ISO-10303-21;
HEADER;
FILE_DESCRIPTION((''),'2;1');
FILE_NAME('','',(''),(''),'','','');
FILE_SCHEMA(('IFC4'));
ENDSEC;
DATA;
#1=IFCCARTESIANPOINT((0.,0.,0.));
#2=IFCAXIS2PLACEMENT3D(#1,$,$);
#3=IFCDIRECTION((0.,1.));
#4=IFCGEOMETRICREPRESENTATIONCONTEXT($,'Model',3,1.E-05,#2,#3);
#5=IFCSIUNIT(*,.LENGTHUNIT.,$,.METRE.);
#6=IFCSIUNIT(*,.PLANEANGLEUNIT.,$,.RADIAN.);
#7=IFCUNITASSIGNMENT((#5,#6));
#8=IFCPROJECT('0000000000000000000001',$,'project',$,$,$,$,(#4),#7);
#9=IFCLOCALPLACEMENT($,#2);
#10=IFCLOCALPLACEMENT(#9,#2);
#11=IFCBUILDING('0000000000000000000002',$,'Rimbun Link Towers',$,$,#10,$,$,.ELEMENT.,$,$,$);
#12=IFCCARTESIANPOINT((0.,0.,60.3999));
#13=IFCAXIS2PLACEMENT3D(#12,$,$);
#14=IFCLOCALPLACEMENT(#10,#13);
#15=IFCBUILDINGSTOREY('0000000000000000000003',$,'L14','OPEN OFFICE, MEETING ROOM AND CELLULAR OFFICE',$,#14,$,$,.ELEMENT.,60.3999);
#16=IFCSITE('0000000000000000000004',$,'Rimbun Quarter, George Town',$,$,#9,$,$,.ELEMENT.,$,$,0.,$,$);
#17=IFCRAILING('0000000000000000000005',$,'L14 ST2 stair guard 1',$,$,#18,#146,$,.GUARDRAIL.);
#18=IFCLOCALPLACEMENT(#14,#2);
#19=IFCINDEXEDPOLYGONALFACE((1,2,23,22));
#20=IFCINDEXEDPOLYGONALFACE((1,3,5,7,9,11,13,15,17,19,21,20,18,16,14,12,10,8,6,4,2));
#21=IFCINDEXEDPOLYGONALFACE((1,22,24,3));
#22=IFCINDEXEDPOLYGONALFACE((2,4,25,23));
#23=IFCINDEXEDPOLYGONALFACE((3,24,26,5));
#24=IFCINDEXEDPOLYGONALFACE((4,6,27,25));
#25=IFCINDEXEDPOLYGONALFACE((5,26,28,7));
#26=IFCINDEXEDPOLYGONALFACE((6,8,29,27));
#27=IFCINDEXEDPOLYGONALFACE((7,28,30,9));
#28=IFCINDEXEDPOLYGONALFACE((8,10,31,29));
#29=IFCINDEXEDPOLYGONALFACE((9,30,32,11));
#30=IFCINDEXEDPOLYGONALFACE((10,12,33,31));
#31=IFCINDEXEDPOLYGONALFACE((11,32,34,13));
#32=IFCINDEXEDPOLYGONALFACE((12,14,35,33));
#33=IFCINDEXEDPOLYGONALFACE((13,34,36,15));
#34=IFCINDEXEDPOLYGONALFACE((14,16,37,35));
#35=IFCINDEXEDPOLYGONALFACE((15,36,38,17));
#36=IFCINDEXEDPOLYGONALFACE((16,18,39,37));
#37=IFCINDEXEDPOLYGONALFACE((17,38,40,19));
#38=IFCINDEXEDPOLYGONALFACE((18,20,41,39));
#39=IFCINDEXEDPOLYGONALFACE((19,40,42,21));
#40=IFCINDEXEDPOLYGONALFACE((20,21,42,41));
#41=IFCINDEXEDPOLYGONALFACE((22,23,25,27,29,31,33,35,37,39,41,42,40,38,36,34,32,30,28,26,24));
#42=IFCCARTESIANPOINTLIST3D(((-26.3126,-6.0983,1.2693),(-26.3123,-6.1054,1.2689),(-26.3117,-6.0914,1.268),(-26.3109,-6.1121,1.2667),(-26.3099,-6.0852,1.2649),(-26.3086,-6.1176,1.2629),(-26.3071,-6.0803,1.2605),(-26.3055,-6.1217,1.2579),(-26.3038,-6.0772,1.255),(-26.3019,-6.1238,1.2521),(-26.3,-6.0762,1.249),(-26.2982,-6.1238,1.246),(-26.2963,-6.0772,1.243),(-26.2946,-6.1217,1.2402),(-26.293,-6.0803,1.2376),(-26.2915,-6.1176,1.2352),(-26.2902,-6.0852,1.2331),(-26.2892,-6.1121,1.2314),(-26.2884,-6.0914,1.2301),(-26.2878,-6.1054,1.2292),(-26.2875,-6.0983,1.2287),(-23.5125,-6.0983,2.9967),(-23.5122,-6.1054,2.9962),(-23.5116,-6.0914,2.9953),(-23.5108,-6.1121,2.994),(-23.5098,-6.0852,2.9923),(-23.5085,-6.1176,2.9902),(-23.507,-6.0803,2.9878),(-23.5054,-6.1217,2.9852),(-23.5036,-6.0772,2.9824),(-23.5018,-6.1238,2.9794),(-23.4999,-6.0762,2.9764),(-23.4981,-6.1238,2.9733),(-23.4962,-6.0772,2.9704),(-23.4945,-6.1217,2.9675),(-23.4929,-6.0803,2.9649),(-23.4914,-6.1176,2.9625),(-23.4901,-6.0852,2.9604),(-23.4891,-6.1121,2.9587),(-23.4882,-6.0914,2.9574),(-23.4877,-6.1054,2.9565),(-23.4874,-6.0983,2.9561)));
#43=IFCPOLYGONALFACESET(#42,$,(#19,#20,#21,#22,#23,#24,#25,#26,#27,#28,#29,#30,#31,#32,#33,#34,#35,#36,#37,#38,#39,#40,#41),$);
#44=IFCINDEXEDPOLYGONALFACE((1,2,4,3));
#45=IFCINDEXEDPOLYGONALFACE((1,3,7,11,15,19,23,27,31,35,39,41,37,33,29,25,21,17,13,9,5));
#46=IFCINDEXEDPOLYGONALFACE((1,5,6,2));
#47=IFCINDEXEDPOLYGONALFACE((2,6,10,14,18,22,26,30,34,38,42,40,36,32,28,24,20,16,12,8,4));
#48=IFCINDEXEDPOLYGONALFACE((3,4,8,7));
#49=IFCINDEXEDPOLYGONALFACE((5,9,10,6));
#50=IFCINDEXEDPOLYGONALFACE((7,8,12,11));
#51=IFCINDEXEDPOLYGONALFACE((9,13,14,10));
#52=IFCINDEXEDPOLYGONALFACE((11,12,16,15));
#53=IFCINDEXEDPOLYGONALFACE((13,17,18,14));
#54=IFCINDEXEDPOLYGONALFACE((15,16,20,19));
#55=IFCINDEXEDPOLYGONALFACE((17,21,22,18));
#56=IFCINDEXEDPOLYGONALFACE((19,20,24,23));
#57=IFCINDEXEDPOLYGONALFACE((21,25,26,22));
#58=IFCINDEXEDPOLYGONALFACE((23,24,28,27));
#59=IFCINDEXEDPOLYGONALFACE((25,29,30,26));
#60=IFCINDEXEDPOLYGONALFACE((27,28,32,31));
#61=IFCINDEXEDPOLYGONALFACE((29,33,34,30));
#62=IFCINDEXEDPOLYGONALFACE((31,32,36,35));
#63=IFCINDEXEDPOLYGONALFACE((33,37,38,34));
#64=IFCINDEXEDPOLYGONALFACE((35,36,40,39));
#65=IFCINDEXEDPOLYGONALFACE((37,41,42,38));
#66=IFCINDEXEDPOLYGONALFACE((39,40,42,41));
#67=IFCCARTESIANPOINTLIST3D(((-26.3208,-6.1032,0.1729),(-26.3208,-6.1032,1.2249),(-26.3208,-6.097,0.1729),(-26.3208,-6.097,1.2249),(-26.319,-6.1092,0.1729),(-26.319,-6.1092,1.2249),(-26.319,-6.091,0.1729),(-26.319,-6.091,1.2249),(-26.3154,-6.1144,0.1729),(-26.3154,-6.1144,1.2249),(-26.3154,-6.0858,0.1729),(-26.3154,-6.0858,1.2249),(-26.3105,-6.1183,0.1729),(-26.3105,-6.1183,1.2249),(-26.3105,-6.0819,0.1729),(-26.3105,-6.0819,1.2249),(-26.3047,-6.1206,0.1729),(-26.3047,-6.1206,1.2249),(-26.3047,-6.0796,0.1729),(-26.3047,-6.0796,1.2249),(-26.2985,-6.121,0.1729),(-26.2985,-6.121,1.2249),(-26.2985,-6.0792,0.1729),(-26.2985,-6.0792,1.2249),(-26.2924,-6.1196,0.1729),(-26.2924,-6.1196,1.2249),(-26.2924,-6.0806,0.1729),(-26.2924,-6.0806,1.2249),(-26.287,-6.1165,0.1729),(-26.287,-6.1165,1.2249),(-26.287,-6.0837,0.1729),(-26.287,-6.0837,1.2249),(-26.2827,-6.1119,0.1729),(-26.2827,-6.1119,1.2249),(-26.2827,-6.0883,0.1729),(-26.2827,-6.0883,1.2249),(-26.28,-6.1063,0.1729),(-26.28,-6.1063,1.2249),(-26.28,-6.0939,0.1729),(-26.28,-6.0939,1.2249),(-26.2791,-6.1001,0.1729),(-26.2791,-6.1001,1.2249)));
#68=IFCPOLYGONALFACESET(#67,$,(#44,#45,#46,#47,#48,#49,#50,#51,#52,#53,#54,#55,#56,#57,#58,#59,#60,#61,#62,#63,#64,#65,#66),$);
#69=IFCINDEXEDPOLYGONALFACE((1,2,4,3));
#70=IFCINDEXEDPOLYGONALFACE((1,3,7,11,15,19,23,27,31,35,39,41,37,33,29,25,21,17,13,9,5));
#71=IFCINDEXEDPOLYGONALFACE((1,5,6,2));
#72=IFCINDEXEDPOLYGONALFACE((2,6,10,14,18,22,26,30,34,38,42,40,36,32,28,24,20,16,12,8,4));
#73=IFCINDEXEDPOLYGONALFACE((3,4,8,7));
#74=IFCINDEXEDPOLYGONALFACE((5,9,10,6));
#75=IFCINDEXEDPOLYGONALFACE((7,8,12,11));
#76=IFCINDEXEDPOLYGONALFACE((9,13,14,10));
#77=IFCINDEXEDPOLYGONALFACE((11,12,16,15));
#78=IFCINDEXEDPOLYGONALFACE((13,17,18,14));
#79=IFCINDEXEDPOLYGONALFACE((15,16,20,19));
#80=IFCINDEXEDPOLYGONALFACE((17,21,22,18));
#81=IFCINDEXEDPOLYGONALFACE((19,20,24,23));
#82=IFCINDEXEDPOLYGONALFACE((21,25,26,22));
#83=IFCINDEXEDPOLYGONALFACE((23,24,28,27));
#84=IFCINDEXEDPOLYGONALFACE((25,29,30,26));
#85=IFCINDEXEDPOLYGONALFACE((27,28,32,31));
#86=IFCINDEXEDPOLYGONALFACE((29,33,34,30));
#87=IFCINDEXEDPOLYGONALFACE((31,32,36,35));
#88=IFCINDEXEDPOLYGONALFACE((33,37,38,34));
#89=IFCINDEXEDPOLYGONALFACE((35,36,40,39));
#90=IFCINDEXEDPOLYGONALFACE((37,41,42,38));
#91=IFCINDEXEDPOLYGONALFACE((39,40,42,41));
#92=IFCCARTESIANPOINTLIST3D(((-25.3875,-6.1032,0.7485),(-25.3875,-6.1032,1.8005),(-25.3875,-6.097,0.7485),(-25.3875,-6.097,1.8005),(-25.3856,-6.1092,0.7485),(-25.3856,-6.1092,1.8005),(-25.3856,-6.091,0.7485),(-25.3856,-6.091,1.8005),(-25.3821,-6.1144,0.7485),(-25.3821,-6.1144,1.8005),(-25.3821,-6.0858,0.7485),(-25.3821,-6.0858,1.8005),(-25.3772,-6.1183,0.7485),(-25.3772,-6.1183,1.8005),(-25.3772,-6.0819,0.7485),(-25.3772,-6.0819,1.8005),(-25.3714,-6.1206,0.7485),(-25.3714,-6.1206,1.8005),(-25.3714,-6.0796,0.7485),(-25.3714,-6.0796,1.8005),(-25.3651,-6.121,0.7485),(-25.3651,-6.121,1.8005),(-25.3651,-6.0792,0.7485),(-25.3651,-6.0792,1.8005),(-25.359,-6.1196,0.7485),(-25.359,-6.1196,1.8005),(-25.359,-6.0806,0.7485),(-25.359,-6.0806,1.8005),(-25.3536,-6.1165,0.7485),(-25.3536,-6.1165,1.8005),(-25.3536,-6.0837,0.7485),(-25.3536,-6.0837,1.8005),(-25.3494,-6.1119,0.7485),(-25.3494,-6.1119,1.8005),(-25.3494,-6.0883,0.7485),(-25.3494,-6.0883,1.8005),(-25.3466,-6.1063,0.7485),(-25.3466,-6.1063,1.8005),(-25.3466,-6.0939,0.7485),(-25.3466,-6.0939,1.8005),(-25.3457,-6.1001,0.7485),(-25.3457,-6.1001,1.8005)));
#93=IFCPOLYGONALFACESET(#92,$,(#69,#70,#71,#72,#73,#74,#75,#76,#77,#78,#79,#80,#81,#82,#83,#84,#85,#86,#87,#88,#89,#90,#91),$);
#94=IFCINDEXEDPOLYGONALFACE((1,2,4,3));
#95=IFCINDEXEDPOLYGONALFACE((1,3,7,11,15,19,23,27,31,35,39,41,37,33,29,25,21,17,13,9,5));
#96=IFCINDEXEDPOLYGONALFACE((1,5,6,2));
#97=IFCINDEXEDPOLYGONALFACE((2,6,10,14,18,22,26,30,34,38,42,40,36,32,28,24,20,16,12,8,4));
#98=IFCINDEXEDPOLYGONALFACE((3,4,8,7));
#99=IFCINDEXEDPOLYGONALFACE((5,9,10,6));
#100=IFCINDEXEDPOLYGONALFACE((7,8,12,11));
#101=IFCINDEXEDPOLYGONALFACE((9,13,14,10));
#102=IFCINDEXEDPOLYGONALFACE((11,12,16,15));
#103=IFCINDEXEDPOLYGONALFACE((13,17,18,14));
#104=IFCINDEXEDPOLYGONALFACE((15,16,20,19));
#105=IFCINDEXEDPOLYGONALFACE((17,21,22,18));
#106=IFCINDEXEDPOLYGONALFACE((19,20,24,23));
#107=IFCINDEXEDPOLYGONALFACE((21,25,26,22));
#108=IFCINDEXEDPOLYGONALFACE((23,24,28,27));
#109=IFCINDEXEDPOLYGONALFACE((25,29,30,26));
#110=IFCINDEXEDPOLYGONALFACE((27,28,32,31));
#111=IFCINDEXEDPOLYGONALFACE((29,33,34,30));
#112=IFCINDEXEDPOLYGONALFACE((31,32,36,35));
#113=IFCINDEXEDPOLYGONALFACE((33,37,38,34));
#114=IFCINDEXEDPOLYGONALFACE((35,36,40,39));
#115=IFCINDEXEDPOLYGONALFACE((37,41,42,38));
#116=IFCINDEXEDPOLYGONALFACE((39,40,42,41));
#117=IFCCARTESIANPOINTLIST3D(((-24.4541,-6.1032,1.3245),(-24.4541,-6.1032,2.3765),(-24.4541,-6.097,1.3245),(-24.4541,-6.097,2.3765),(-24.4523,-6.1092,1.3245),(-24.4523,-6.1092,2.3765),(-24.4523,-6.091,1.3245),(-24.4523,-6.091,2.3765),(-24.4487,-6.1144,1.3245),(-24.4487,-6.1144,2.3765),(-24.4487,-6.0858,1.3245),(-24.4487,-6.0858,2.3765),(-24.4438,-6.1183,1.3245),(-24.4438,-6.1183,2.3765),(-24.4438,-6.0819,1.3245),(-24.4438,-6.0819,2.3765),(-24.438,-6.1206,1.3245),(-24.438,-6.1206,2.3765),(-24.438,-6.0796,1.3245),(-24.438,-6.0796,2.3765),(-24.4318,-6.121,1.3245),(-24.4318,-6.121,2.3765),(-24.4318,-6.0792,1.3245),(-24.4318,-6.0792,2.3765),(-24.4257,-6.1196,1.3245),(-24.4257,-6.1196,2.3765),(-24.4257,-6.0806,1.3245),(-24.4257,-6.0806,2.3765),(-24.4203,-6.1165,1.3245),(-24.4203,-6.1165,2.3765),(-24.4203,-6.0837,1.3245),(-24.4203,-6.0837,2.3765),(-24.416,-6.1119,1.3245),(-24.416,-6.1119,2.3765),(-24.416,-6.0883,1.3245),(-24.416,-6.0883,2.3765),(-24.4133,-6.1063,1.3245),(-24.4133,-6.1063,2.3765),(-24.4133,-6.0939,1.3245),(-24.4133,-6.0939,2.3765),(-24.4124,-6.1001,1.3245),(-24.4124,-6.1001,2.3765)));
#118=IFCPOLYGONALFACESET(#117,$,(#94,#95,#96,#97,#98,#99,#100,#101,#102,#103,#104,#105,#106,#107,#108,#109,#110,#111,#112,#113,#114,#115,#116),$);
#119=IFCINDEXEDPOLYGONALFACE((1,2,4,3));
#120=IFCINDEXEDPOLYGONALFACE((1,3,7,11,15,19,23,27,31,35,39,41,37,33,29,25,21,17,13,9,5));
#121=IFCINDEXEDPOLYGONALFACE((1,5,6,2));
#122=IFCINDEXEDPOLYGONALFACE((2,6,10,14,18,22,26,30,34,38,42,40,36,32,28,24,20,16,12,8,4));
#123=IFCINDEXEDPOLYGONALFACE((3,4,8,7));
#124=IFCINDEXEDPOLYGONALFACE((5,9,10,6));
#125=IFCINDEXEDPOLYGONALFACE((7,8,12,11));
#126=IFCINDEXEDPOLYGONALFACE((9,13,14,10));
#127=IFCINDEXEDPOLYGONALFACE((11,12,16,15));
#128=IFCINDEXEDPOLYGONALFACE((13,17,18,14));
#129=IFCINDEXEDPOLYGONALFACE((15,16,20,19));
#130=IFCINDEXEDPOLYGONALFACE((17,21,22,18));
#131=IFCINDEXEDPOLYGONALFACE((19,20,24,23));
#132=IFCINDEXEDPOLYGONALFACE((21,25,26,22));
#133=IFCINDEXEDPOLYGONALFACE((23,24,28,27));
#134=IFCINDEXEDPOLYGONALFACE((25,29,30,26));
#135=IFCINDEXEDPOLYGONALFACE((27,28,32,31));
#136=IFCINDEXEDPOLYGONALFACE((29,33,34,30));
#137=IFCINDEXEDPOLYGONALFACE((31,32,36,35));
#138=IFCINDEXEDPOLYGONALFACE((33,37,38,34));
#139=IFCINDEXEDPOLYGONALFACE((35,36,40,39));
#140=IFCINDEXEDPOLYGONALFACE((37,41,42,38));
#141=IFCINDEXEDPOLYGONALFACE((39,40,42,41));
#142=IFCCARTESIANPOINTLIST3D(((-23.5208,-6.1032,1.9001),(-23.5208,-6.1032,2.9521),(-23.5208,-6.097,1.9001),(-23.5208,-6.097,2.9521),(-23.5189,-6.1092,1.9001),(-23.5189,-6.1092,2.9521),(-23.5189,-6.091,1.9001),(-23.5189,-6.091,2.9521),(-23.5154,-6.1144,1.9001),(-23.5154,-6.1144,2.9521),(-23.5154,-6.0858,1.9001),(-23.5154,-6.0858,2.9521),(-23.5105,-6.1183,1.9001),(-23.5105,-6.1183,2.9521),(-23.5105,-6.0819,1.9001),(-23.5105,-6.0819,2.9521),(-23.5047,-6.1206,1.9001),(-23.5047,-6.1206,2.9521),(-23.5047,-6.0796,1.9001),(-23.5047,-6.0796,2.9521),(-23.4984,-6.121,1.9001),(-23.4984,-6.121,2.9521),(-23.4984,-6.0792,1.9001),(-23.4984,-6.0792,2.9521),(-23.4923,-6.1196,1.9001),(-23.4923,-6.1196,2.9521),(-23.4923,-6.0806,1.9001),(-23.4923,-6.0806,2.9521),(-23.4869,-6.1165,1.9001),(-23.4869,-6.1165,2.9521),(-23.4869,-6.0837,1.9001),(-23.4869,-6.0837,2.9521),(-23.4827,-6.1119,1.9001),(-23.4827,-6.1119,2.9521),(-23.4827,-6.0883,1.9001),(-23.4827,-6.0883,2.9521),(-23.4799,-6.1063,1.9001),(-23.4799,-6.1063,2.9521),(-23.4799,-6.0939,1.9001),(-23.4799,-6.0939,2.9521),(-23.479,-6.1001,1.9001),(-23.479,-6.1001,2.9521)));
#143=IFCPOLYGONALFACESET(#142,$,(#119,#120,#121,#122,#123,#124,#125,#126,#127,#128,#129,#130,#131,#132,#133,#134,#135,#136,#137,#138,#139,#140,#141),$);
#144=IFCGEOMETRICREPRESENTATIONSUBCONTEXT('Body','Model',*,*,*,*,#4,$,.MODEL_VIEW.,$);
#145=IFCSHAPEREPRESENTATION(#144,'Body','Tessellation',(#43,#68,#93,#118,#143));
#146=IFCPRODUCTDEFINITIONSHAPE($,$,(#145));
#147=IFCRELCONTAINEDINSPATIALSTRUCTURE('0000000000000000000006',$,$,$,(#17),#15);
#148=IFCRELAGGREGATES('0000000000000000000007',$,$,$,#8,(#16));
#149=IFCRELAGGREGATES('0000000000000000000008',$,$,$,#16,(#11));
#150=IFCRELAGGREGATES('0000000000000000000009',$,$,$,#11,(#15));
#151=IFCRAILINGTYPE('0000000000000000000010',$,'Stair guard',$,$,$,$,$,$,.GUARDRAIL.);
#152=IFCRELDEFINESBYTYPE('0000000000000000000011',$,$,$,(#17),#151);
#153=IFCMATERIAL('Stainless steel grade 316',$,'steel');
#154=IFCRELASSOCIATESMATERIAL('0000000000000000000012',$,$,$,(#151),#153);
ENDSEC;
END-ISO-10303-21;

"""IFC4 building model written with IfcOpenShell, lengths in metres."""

from ifc_helpers import new_model, si_unit, direction, frame, origin, origin_2d, place, context, subcontext, project, spatial, circle, extrude, material, type_object, element, save


model = new_model("IFC4")

# Units and contexts
model_context = context("Model", 3, precision=1e-05, world=origin(), true_north=direction((0.0, 1.0)))
body_context = subcontext(model_context, "Body", "Model", "MODEL_VIEW")
ifc_project = project(units=[si_unit("LENGTHUNIT", "METRE"), si_unit("PLANEANGLEUNIT", "RADIAN")], contexts=[model_context])

# Site, building, storey
site_placement = place(None, origin())
site = spatial("IfcSite", under=ifc_project, at=site_placement, Name="Rimbun Quarter, George Town", CompositionType="ELEMENT", RefElevation=0.0)
building_placement = place(site_placement, origin())
building = spatial("IfcBuilding", under=site, at=building_placement, Name="Rimbun Link Towers", CompositionType="ELEMENT")
storey_placement = place(building_placement, frame((0.0, 0.0, 60.3999)))
storey = spatial("IfcBuildingStorey", under=building, at=storey_placement, Name="L14", Description="OPEN OFFICE, MEETING ROOM AND CELLULAR OFFICE", CompositionType="ELEMENT", Elevation=60.3999)

# Railing
ifc_material_1 = material(Name="Stainless steel grade 316", Category="steel")
railing_type_1 = type_object("IfcRailingType", Name="Stair guard", PredefinedType="GUARDRAIL", material=ifc_material_1)
railing_1_placement = place(storey_placement, frame((-26.3, -6.1001, 0.1729)))
element("IfcRailing", 1, at=railing_1_placement, inside=storey, type_object=railing_type_1, Name="L14 ST2 stair guard 1", PredefinedType="GUARDRAIL", context=body_context, shape_type="SweptSolid", body=[
    extrude(circle(Radius=0.0239, at=origin_2d()), frame((0.0, 0.0, 1.0762), z_axis=(0.85109, 0.0, 0.52502), x_axis=(0.0, 1.0, 0.0)), (0.0, 0.0, 1.0), 3.29),
    extrude(circle(Radius=0.021, at=origin_2d()), origin(), (0.0, 0.0, 1.0), 1.052),
    extrude(circle(Radius=0.021, at=origin_2d()), frame((0.9333, 0.0, 0.5757)), (0.0, 0.0, 1.0), 1.052),
    extrude(circle(Radius=0.021, at=origin_2d()), frame((1.8667, 0.0, 1.1516)), (0.0, 0.0, 1.0), 1.052),
    extrude(circle(Radius=0.021, at=origin_2d()), frame((2.8, 0.0, 1.7273)), (0.0, 0.0, 1.0), 1.052),
])

save(model, "model.ifc")
